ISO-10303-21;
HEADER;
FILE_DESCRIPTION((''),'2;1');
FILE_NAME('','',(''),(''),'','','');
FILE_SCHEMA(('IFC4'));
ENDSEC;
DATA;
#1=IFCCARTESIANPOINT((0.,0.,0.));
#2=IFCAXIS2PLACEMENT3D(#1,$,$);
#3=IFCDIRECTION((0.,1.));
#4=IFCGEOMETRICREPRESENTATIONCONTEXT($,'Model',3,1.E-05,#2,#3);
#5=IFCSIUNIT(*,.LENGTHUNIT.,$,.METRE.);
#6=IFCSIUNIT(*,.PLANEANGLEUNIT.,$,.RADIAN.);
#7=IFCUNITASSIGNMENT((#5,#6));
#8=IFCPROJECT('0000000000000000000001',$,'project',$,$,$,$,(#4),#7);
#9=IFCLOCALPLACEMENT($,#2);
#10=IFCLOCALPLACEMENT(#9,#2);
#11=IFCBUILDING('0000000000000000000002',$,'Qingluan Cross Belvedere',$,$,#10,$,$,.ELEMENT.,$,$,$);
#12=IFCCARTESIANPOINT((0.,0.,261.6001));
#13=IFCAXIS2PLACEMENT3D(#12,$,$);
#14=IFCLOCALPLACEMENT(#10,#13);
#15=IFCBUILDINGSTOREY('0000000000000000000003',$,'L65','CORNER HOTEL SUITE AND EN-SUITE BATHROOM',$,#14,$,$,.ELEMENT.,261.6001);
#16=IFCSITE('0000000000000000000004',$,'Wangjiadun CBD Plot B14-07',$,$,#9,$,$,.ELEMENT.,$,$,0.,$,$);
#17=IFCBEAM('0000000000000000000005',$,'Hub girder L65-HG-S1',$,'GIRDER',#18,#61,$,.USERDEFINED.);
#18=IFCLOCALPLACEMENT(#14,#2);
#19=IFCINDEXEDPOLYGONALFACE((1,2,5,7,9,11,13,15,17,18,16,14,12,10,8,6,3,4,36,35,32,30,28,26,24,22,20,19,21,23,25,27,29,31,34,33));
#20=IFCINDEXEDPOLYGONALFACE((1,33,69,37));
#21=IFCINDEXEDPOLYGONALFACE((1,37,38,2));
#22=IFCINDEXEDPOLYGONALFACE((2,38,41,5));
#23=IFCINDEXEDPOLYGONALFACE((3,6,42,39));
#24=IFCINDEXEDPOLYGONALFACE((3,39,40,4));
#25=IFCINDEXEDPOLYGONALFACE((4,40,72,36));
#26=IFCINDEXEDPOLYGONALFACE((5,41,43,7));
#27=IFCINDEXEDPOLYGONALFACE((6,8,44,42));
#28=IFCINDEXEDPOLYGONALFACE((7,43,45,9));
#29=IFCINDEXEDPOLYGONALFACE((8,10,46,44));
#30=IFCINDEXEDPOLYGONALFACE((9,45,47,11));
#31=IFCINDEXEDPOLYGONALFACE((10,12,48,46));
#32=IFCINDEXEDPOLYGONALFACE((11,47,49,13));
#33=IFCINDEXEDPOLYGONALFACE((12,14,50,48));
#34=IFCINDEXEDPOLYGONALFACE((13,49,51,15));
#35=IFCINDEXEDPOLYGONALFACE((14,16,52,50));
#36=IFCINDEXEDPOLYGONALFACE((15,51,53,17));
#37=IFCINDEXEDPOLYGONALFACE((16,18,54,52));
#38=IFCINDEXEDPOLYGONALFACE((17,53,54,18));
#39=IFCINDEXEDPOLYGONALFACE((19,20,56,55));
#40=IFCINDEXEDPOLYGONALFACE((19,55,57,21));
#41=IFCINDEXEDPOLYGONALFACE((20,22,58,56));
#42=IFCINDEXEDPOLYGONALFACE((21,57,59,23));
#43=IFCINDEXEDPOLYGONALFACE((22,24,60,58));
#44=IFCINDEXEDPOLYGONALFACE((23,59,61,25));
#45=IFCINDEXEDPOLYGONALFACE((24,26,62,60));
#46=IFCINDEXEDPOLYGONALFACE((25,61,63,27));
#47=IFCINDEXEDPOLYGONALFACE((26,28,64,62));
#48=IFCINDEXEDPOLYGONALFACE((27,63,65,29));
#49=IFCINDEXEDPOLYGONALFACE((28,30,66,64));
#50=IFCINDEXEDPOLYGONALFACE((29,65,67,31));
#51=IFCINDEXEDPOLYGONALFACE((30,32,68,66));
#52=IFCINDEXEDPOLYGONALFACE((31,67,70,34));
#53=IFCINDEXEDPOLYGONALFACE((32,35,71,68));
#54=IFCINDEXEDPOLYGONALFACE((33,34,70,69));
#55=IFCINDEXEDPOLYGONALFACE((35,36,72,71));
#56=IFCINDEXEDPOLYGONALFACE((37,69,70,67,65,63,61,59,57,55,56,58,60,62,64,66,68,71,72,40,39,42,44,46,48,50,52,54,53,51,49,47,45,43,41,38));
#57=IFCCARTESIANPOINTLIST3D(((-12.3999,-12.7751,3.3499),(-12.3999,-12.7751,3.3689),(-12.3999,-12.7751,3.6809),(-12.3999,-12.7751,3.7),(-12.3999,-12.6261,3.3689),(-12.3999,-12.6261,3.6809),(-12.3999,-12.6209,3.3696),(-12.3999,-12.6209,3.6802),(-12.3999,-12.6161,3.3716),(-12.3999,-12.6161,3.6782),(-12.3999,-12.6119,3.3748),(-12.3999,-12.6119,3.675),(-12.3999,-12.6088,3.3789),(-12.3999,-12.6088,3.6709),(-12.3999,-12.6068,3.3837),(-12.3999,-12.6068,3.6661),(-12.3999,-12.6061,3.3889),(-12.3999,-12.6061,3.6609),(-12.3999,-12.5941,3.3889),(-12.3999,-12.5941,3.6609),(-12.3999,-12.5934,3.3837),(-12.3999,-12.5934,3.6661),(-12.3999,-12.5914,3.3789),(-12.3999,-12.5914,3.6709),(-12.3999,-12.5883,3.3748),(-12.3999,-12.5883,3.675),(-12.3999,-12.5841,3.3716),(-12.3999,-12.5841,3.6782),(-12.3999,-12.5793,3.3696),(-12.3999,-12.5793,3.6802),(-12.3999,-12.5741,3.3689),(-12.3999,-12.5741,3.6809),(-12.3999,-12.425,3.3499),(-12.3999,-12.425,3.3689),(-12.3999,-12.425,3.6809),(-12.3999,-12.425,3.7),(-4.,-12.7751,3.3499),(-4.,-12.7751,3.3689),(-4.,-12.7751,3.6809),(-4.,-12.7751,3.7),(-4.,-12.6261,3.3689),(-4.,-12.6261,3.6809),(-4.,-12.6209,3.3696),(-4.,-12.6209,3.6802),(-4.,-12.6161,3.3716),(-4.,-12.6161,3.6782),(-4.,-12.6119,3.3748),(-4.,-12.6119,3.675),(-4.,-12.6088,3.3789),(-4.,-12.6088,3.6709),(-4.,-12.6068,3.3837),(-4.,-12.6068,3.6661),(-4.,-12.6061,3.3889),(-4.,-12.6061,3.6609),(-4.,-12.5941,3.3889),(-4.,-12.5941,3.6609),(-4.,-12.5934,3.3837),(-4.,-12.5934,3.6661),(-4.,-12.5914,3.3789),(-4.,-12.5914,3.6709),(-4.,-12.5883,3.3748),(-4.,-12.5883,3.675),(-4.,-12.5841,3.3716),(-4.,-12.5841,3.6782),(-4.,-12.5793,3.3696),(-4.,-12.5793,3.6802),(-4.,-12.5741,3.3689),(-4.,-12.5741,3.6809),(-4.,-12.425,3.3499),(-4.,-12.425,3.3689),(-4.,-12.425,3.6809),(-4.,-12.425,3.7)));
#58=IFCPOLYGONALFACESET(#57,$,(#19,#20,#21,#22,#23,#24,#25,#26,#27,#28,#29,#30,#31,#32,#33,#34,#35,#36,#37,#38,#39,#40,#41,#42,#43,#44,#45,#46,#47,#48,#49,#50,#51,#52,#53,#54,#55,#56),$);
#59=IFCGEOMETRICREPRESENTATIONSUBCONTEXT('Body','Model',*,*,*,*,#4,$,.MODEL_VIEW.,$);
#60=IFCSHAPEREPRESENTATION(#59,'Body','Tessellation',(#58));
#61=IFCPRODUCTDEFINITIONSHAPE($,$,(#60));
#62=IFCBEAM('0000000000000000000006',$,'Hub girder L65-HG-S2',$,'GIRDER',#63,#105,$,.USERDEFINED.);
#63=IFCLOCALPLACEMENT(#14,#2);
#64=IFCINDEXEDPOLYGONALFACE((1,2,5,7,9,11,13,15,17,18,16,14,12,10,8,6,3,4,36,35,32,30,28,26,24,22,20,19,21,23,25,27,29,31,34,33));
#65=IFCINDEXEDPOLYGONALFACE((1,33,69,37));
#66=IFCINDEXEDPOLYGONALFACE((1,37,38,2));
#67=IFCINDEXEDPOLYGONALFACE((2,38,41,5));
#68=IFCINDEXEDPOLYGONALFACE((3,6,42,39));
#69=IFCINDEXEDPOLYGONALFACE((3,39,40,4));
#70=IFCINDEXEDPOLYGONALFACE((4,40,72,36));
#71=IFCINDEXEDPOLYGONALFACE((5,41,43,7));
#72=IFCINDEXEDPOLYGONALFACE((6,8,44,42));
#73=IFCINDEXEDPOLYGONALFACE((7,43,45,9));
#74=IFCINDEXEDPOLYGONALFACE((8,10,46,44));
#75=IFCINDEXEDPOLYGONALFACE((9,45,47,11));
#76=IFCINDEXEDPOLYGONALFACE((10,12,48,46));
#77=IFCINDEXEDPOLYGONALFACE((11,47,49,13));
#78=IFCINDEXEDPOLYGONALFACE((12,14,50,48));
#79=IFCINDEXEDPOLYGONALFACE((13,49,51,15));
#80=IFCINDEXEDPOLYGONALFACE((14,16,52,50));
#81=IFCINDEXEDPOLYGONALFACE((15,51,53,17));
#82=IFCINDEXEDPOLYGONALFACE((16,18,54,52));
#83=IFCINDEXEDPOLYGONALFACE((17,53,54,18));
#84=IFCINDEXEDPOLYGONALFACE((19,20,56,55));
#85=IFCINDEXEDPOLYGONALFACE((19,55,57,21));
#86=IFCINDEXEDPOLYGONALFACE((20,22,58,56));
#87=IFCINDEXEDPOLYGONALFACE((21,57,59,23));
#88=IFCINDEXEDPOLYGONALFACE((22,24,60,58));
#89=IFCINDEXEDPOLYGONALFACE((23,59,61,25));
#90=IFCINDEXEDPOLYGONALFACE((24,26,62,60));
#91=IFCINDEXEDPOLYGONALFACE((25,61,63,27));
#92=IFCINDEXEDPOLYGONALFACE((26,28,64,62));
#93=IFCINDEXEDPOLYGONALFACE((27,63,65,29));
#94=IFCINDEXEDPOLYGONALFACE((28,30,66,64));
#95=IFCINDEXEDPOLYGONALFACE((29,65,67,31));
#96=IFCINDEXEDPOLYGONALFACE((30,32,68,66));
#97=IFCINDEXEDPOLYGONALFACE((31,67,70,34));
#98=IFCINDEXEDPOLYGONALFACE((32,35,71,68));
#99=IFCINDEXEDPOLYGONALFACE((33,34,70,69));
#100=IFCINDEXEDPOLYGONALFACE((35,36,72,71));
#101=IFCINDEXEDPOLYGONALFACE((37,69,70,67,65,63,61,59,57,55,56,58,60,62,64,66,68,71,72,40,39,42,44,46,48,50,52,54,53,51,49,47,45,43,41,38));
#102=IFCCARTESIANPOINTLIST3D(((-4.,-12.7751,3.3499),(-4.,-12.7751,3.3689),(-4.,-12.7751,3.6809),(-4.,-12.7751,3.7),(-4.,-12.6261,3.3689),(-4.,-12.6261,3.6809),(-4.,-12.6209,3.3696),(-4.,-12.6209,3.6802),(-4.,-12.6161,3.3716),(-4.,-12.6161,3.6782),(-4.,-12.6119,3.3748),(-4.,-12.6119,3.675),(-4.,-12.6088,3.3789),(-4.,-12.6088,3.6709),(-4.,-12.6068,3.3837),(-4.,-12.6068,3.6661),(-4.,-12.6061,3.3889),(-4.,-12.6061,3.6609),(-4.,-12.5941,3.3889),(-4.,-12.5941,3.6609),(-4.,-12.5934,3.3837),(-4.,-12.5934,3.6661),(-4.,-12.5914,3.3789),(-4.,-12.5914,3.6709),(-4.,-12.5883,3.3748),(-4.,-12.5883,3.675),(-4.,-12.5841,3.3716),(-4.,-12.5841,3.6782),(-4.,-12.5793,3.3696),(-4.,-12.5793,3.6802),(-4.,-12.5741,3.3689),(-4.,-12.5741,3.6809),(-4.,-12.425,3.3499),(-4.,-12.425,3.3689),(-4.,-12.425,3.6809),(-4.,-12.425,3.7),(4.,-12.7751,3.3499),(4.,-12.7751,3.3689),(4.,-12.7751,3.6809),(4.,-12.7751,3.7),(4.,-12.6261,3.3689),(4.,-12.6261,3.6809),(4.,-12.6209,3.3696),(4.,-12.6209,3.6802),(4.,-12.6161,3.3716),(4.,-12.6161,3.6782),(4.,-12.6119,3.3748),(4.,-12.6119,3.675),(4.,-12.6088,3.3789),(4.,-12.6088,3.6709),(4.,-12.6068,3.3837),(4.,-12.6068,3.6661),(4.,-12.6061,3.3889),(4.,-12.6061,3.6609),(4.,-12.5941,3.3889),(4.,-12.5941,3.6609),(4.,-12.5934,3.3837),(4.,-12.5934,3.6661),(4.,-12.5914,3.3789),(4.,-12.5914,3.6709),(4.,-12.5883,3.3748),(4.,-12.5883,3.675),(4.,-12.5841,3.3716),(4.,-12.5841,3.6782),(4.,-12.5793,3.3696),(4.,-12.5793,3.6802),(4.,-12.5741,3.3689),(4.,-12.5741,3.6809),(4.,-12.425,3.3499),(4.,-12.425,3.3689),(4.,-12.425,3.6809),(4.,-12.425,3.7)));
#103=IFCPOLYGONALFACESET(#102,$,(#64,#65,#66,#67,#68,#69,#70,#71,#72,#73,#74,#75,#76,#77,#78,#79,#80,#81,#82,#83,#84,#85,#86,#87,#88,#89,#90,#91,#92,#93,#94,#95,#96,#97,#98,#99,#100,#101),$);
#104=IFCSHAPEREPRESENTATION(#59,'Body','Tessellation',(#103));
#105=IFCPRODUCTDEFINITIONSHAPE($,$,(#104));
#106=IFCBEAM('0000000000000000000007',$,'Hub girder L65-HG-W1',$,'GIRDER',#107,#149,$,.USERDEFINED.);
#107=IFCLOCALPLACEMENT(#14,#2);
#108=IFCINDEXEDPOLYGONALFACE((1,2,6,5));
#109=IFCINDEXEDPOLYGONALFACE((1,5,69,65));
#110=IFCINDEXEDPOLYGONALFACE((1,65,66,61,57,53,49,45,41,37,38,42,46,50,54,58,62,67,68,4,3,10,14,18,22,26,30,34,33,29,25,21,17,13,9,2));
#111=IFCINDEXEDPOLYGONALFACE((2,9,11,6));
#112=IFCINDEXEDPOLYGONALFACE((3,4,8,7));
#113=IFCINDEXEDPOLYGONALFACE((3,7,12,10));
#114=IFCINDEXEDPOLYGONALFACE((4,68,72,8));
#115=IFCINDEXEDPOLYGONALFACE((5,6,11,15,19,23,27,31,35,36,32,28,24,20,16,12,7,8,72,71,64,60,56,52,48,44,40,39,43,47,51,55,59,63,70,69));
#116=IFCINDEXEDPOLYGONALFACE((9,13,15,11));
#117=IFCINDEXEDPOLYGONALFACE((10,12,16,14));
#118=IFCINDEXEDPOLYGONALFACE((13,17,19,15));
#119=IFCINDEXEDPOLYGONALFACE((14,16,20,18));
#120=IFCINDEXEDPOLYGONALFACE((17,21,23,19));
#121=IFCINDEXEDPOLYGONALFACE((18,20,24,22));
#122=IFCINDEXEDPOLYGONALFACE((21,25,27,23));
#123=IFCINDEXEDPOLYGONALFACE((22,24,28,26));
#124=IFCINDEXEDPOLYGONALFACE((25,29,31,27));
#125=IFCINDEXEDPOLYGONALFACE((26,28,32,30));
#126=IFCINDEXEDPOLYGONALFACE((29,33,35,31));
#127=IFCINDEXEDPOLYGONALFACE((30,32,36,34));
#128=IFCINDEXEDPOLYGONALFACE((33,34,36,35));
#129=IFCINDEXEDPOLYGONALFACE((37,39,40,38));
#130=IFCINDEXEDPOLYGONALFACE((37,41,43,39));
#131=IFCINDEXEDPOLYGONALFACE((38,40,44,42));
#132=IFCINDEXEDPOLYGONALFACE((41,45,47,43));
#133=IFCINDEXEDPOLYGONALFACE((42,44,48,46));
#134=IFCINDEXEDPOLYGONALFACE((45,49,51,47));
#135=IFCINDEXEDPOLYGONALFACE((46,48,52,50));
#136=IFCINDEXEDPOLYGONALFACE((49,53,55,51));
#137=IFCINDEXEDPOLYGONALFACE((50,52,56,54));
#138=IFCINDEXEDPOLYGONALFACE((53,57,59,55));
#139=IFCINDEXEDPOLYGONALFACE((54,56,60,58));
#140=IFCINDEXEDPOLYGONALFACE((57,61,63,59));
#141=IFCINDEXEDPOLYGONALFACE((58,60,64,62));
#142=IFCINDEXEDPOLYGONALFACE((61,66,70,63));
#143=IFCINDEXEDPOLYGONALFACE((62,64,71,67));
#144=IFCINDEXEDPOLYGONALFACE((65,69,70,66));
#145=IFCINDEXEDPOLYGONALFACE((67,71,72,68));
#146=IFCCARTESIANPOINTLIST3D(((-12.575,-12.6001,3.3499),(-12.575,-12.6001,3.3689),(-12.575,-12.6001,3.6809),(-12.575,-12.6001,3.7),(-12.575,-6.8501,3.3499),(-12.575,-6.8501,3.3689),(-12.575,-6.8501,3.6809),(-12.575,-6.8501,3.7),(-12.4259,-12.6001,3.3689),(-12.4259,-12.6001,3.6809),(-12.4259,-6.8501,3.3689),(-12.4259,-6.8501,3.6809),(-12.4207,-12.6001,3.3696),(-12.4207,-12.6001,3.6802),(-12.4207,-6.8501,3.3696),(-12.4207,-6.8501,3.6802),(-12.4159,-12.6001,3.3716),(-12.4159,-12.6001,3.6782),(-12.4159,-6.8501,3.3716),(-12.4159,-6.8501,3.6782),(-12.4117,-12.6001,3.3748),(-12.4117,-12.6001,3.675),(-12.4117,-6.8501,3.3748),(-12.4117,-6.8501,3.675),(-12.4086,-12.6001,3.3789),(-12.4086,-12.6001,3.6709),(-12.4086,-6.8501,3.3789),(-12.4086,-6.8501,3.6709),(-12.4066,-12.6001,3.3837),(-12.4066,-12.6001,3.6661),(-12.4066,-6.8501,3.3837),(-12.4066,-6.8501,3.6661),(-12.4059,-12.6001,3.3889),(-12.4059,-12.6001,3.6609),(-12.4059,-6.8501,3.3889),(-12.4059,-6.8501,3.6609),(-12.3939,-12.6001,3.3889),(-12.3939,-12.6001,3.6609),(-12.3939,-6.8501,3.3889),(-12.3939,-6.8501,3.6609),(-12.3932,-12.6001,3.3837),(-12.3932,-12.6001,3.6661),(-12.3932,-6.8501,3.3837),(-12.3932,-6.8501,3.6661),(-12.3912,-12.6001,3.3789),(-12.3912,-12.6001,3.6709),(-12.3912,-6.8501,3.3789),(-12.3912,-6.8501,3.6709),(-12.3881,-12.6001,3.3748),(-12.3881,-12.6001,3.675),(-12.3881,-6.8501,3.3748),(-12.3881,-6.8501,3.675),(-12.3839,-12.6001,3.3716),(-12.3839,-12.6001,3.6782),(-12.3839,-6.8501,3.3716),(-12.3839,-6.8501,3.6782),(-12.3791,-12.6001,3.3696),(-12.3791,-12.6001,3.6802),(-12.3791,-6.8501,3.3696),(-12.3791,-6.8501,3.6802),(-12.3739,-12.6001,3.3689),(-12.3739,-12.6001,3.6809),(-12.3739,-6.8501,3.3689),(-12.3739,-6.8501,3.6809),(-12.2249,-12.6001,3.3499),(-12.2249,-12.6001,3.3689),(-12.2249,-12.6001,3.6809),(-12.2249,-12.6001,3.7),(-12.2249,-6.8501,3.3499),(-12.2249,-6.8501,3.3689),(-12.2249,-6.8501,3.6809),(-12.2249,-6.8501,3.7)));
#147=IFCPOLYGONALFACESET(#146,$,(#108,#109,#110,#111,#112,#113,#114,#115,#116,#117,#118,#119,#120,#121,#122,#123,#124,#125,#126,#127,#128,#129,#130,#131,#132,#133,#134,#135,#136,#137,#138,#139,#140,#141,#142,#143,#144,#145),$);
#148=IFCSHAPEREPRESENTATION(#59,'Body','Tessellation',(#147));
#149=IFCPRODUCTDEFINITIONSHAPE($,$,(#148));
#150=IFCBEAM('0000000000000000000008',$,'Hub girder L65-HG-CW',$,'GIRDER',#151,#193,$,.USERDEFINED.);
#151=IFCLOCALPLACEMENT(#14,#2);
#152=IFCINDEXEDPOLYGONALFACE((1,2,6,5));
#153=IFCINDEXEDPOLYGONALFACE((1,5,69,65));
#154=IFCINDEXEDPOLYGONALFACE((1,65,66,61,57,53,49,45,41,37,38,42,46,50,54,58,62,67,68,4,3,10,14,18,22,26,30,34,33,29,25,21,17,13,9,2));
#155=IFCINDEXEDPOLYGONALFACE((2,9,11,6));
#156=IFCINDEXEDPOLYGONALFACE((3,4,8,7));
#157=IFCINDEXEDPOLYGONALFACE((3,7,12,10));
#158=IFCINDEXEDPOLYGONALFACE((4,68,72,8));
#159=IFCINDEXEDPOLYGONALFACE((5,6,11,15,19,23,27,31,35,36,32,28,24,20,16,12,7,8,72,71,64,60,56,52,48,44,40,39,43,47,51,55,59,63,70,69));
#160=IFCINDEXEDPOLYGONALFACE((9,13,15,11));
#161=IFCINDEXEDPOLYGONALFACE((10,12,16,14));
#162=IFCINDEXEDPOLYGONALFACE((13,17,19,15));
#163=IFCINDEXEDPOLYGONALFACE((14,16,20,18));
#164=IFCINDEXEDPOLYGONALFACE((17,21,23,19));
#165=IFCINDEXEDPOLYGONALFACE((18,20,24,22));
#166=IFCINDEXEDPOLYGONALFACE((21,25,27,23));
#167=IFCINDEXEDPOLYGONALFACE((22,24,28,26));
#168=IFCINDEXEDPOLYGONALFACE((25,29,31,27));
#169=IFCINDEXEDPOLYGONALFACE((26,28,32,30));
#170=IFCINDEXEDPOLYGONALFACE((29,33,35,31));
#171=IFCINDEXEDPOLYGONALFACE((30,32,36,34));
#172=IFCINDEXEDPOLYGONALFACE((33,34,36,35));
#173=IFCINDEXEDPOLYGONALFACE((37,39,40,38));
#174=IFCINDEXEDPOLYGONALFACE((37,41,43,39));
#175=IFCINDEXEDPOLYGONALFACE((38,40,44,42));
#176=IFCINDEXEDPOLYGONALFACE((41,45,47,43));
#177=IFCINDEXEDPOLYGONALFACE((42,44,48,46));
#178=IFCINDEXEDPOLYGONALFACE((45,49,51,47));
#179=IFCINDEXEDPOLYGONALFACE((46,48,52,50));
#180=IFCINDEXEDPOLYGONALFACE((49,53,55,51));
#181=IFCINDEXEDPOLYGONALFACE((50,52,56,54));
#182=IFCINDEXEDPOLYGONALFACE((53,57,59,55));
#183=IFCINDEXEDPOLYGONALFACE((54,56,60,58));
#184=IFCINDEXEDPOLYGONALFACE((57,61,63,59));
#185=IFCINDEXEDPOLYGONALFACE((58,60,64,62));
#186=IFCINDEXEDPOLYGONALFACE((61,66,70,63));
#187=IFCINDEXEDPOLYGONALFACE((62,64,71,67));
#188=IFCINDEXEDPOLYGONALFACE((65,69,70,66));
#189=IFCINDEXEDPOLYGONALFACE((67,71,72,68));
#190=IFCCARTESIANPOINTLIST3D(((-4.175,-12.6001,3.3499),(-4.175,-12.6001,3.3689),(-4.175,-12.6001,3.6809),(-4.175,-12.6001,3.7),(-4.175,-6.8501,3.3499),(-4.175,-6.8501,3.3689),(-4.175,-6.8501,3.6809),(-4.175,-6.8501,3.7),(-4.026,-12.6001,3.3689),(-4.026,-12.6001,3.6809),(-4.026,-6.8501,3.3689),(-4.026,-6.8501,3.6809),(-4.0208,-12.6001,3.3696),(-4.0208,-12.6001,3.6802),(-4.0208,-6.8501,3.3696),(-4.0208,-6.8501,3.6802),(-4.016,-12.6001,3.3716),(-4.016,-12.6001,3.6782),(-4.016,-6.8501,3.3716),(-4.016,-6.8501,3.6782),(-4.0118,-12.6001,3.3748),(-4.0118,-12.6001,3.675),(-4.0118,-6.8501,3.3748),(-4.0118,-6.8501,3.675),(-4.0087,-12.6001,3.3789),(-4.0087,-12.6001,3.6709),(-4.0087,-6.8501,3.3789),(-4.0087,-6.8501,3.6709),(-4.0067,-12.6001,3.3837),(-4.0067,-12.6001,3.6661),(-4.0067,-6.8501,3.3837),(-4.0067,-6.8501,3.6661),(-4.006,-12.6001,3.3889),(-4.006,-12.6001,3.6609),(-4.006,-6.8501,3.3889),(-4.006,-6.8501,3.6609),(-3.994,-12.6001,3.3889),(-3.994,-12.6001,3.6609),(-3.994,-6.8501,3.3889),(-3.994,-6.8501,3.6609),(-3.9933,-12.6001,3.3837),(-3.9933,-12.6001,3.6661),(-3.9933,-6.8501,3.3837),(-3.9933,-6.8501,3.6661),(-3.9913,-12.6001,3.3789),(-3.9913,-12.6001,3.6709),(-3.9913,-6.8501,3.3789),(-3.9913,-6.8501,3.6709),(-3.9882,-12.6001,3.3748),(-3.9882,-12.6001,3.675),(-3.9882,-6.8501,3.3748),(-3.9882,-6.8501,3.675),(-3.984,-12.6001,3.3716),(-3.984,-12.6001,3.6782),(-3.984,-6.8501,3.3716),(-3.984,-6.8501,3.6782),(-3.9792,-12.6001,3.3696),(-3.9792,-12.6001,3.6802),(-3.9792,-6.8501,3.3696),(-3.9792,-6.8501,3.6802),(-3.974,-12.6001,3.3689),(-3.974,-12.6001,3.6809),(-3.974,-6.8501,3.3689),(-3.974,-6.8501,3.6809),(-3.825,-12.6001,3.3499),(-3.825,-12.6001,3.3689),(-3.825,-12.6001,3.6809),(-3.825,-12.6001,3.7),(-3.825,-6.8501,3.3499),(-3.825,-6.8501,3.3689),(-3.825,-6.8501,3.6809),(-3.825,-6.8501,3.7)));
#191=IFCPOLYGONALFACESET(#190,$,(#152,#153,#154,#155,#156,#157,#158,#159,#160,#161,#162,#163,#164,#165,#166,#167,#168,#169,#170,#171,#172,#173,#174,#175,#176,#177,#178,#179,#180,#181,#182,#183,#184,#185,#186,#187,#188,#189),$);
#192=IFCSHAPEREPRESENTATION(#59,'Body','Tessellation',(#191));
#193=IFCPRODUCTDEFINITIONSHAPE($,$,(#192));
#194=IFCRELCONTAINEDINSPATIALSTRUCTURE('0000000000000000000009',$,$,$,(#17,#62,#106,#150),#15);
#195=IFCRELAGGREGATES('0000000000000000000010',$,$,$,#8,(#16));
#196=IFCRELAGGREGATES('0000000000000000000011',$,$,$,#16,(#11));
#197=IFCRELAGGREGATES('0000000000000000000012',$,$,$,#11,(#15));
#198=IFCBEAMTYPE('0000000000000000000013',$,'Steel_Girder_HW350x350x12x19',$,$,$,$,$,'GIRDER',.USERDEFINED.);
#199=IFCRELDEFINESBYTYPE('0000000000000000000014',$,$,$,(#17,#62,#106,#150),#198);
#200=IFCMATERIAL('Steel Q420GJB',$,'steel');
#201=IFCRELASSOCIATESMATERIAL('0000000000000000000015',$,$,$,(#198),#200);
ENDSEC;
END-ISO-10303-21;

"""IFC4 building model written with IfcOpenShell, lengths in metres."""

from ifc_helpers import new_model, si_unit, direction, frame, origin, origin_2d, place, context, subcontext, project, spatial, i_section, extrude, material, material_profile, profile_set, type_object, element, save


model = new_model("IFC4")

# Units and contexts
model_context = context("Model", 3, precision=1e-05, world=origin(), true_north=direction((0.0, 1.0)))
body_context = subcontext(model_context, "Body", "Model", "MODEL_VIEW")
ifc_project = project(units=[si_unit("LENGTHUNIT", "METRE"), si_unit("PLANEANGLEUNIT", "RADIAN")], contexts=[model_context])

# Site, building, storey
site_placement = place(None, origin())
site = spatial("IfcSite", under=ifc_project, at=site_placement, Name="Wangjiadun CBD Plot B14-07", CompositionType="ELEMENT", RefElevation=0.0)
building_placement = place(site_placement, origin())
building = spatial("IfcBuilding", under=site, at=building_placement, Name="Qingluan Cross Belvedere", CompositionType="ELEMENT")
storey_placement = place(building_placement, frame((0.0, 0.0, 261.6001)))
storey = spatial("IfcBuildingStorey", under=building, at=storey_placement, Name="L65", Description="CORNER HOTEL SUITE AND EN-SUITE BATHROOM", CompositionType="ELEMENT", Elevation=261.6001)

# Beams
ifc_material_1 = material(Name="Steel Q420GJB", Category="steel")
ifc_material_profile_1 = material_profile(ifc_material_1, i_section(OverallWidth=0.3501, OverallDepth=0.3501, WebThickness=0.012, FlangeThickness=0.019, FilletRadius=0.02, at=origin_2d()), Name="HW350x350x12x19")
ifc_profile_set_1 = profile_set([ifc_material_profile_1], Name="Steel Q420GJB")
beam_type_1 = type_object("IfcBeamType", Name="Steel_Girder_HW350x350x12x19", ElementType="GIRDER", PredefinedType="USERDEFINED", material=ifc_profile_set_1)
beam_1_placement = place(storey_placement, frame((-12.3999, -12.6001, 3.5249), z_axis=(1.0, 0.0, 0.0), x_axis=(0.0, 1.0, 0.0)))
element("IfcBeam", 1, at=beam_1_placement, inside=storey, type_object=beam_type_1, Name="Hub girder L65-HG-S1", ObjectType="GIRDER", PredefinedType="USERDEFINED", context=body_context, shape_type="SweptSolid", body=[
    extrude(i_section(OverallWidth=0.3501, OverallDepth=0.3501, WebThickness=0.012, FlangeThickness=0.019, FilletRadius=0.02, at=origin_2d()), origin(), (0.0, 0.0, 1.0), 8.3999),
])
beam_2_placement = place(storey_placement, frame((-4.0, -12.6001, 3.5249), z_axis=(1.0, 0.0, 0.0), x_axis=(0.0, 1.0, 0.0)))
element("IfcBeam", 2, at=beam_2_placement, inside=storey, type_object=beam_type_1, Name="Hub girder L65-HG-S2", ObjectType="GIRDER", PredefinedType="USERDEFINED", context=body_context, shape_type="SweptSolid", body=[
    extrude(i_section(OverallWidth=0.3501, OverallDepth=0.3501, WebThickness=0.012, FlangeThickness=0.019, FilletRadius=0.02, at=origin_2d()), origin(), (0.0, 0.0, 1.0), 8.0),
])
for number, where, z_axis, x_axis, name in (
    (3, (-12.3999, -12.6001, 3.5249), (0.0, 1.0, 0.0), (-1.0, 0.0, 0.0), "Hub girder L65-HG-W1"),
    (4, (-4.0, -12.6001, 3.5249), (0.0, 1.0, 0.0), (-1.0, 0.0, 0.0), "Hub girder L65-HG-CW"),
):
    element("IfcBeam", number, at=place(storey_placement, frame(where, z_axis=z_axis, x_axis=x_axis)), inside=storey, type_object=beam_type_1, Name=name, ObjectType="GIRDER", PredefinedType="USERDEFINED", context=body_context, shape_type="SweptSolid", body=[
        extrude(i_section(OverallWidth=0.3501, OverallDepth=0.3501, WebThickness=0.012, FlangeThickness=0.019, FilletRadius=0.02, at=origin_2d()), origin(), (0.0, 0.0, 1.0), 5.75),
    ])

save(model, "model.ifc")
